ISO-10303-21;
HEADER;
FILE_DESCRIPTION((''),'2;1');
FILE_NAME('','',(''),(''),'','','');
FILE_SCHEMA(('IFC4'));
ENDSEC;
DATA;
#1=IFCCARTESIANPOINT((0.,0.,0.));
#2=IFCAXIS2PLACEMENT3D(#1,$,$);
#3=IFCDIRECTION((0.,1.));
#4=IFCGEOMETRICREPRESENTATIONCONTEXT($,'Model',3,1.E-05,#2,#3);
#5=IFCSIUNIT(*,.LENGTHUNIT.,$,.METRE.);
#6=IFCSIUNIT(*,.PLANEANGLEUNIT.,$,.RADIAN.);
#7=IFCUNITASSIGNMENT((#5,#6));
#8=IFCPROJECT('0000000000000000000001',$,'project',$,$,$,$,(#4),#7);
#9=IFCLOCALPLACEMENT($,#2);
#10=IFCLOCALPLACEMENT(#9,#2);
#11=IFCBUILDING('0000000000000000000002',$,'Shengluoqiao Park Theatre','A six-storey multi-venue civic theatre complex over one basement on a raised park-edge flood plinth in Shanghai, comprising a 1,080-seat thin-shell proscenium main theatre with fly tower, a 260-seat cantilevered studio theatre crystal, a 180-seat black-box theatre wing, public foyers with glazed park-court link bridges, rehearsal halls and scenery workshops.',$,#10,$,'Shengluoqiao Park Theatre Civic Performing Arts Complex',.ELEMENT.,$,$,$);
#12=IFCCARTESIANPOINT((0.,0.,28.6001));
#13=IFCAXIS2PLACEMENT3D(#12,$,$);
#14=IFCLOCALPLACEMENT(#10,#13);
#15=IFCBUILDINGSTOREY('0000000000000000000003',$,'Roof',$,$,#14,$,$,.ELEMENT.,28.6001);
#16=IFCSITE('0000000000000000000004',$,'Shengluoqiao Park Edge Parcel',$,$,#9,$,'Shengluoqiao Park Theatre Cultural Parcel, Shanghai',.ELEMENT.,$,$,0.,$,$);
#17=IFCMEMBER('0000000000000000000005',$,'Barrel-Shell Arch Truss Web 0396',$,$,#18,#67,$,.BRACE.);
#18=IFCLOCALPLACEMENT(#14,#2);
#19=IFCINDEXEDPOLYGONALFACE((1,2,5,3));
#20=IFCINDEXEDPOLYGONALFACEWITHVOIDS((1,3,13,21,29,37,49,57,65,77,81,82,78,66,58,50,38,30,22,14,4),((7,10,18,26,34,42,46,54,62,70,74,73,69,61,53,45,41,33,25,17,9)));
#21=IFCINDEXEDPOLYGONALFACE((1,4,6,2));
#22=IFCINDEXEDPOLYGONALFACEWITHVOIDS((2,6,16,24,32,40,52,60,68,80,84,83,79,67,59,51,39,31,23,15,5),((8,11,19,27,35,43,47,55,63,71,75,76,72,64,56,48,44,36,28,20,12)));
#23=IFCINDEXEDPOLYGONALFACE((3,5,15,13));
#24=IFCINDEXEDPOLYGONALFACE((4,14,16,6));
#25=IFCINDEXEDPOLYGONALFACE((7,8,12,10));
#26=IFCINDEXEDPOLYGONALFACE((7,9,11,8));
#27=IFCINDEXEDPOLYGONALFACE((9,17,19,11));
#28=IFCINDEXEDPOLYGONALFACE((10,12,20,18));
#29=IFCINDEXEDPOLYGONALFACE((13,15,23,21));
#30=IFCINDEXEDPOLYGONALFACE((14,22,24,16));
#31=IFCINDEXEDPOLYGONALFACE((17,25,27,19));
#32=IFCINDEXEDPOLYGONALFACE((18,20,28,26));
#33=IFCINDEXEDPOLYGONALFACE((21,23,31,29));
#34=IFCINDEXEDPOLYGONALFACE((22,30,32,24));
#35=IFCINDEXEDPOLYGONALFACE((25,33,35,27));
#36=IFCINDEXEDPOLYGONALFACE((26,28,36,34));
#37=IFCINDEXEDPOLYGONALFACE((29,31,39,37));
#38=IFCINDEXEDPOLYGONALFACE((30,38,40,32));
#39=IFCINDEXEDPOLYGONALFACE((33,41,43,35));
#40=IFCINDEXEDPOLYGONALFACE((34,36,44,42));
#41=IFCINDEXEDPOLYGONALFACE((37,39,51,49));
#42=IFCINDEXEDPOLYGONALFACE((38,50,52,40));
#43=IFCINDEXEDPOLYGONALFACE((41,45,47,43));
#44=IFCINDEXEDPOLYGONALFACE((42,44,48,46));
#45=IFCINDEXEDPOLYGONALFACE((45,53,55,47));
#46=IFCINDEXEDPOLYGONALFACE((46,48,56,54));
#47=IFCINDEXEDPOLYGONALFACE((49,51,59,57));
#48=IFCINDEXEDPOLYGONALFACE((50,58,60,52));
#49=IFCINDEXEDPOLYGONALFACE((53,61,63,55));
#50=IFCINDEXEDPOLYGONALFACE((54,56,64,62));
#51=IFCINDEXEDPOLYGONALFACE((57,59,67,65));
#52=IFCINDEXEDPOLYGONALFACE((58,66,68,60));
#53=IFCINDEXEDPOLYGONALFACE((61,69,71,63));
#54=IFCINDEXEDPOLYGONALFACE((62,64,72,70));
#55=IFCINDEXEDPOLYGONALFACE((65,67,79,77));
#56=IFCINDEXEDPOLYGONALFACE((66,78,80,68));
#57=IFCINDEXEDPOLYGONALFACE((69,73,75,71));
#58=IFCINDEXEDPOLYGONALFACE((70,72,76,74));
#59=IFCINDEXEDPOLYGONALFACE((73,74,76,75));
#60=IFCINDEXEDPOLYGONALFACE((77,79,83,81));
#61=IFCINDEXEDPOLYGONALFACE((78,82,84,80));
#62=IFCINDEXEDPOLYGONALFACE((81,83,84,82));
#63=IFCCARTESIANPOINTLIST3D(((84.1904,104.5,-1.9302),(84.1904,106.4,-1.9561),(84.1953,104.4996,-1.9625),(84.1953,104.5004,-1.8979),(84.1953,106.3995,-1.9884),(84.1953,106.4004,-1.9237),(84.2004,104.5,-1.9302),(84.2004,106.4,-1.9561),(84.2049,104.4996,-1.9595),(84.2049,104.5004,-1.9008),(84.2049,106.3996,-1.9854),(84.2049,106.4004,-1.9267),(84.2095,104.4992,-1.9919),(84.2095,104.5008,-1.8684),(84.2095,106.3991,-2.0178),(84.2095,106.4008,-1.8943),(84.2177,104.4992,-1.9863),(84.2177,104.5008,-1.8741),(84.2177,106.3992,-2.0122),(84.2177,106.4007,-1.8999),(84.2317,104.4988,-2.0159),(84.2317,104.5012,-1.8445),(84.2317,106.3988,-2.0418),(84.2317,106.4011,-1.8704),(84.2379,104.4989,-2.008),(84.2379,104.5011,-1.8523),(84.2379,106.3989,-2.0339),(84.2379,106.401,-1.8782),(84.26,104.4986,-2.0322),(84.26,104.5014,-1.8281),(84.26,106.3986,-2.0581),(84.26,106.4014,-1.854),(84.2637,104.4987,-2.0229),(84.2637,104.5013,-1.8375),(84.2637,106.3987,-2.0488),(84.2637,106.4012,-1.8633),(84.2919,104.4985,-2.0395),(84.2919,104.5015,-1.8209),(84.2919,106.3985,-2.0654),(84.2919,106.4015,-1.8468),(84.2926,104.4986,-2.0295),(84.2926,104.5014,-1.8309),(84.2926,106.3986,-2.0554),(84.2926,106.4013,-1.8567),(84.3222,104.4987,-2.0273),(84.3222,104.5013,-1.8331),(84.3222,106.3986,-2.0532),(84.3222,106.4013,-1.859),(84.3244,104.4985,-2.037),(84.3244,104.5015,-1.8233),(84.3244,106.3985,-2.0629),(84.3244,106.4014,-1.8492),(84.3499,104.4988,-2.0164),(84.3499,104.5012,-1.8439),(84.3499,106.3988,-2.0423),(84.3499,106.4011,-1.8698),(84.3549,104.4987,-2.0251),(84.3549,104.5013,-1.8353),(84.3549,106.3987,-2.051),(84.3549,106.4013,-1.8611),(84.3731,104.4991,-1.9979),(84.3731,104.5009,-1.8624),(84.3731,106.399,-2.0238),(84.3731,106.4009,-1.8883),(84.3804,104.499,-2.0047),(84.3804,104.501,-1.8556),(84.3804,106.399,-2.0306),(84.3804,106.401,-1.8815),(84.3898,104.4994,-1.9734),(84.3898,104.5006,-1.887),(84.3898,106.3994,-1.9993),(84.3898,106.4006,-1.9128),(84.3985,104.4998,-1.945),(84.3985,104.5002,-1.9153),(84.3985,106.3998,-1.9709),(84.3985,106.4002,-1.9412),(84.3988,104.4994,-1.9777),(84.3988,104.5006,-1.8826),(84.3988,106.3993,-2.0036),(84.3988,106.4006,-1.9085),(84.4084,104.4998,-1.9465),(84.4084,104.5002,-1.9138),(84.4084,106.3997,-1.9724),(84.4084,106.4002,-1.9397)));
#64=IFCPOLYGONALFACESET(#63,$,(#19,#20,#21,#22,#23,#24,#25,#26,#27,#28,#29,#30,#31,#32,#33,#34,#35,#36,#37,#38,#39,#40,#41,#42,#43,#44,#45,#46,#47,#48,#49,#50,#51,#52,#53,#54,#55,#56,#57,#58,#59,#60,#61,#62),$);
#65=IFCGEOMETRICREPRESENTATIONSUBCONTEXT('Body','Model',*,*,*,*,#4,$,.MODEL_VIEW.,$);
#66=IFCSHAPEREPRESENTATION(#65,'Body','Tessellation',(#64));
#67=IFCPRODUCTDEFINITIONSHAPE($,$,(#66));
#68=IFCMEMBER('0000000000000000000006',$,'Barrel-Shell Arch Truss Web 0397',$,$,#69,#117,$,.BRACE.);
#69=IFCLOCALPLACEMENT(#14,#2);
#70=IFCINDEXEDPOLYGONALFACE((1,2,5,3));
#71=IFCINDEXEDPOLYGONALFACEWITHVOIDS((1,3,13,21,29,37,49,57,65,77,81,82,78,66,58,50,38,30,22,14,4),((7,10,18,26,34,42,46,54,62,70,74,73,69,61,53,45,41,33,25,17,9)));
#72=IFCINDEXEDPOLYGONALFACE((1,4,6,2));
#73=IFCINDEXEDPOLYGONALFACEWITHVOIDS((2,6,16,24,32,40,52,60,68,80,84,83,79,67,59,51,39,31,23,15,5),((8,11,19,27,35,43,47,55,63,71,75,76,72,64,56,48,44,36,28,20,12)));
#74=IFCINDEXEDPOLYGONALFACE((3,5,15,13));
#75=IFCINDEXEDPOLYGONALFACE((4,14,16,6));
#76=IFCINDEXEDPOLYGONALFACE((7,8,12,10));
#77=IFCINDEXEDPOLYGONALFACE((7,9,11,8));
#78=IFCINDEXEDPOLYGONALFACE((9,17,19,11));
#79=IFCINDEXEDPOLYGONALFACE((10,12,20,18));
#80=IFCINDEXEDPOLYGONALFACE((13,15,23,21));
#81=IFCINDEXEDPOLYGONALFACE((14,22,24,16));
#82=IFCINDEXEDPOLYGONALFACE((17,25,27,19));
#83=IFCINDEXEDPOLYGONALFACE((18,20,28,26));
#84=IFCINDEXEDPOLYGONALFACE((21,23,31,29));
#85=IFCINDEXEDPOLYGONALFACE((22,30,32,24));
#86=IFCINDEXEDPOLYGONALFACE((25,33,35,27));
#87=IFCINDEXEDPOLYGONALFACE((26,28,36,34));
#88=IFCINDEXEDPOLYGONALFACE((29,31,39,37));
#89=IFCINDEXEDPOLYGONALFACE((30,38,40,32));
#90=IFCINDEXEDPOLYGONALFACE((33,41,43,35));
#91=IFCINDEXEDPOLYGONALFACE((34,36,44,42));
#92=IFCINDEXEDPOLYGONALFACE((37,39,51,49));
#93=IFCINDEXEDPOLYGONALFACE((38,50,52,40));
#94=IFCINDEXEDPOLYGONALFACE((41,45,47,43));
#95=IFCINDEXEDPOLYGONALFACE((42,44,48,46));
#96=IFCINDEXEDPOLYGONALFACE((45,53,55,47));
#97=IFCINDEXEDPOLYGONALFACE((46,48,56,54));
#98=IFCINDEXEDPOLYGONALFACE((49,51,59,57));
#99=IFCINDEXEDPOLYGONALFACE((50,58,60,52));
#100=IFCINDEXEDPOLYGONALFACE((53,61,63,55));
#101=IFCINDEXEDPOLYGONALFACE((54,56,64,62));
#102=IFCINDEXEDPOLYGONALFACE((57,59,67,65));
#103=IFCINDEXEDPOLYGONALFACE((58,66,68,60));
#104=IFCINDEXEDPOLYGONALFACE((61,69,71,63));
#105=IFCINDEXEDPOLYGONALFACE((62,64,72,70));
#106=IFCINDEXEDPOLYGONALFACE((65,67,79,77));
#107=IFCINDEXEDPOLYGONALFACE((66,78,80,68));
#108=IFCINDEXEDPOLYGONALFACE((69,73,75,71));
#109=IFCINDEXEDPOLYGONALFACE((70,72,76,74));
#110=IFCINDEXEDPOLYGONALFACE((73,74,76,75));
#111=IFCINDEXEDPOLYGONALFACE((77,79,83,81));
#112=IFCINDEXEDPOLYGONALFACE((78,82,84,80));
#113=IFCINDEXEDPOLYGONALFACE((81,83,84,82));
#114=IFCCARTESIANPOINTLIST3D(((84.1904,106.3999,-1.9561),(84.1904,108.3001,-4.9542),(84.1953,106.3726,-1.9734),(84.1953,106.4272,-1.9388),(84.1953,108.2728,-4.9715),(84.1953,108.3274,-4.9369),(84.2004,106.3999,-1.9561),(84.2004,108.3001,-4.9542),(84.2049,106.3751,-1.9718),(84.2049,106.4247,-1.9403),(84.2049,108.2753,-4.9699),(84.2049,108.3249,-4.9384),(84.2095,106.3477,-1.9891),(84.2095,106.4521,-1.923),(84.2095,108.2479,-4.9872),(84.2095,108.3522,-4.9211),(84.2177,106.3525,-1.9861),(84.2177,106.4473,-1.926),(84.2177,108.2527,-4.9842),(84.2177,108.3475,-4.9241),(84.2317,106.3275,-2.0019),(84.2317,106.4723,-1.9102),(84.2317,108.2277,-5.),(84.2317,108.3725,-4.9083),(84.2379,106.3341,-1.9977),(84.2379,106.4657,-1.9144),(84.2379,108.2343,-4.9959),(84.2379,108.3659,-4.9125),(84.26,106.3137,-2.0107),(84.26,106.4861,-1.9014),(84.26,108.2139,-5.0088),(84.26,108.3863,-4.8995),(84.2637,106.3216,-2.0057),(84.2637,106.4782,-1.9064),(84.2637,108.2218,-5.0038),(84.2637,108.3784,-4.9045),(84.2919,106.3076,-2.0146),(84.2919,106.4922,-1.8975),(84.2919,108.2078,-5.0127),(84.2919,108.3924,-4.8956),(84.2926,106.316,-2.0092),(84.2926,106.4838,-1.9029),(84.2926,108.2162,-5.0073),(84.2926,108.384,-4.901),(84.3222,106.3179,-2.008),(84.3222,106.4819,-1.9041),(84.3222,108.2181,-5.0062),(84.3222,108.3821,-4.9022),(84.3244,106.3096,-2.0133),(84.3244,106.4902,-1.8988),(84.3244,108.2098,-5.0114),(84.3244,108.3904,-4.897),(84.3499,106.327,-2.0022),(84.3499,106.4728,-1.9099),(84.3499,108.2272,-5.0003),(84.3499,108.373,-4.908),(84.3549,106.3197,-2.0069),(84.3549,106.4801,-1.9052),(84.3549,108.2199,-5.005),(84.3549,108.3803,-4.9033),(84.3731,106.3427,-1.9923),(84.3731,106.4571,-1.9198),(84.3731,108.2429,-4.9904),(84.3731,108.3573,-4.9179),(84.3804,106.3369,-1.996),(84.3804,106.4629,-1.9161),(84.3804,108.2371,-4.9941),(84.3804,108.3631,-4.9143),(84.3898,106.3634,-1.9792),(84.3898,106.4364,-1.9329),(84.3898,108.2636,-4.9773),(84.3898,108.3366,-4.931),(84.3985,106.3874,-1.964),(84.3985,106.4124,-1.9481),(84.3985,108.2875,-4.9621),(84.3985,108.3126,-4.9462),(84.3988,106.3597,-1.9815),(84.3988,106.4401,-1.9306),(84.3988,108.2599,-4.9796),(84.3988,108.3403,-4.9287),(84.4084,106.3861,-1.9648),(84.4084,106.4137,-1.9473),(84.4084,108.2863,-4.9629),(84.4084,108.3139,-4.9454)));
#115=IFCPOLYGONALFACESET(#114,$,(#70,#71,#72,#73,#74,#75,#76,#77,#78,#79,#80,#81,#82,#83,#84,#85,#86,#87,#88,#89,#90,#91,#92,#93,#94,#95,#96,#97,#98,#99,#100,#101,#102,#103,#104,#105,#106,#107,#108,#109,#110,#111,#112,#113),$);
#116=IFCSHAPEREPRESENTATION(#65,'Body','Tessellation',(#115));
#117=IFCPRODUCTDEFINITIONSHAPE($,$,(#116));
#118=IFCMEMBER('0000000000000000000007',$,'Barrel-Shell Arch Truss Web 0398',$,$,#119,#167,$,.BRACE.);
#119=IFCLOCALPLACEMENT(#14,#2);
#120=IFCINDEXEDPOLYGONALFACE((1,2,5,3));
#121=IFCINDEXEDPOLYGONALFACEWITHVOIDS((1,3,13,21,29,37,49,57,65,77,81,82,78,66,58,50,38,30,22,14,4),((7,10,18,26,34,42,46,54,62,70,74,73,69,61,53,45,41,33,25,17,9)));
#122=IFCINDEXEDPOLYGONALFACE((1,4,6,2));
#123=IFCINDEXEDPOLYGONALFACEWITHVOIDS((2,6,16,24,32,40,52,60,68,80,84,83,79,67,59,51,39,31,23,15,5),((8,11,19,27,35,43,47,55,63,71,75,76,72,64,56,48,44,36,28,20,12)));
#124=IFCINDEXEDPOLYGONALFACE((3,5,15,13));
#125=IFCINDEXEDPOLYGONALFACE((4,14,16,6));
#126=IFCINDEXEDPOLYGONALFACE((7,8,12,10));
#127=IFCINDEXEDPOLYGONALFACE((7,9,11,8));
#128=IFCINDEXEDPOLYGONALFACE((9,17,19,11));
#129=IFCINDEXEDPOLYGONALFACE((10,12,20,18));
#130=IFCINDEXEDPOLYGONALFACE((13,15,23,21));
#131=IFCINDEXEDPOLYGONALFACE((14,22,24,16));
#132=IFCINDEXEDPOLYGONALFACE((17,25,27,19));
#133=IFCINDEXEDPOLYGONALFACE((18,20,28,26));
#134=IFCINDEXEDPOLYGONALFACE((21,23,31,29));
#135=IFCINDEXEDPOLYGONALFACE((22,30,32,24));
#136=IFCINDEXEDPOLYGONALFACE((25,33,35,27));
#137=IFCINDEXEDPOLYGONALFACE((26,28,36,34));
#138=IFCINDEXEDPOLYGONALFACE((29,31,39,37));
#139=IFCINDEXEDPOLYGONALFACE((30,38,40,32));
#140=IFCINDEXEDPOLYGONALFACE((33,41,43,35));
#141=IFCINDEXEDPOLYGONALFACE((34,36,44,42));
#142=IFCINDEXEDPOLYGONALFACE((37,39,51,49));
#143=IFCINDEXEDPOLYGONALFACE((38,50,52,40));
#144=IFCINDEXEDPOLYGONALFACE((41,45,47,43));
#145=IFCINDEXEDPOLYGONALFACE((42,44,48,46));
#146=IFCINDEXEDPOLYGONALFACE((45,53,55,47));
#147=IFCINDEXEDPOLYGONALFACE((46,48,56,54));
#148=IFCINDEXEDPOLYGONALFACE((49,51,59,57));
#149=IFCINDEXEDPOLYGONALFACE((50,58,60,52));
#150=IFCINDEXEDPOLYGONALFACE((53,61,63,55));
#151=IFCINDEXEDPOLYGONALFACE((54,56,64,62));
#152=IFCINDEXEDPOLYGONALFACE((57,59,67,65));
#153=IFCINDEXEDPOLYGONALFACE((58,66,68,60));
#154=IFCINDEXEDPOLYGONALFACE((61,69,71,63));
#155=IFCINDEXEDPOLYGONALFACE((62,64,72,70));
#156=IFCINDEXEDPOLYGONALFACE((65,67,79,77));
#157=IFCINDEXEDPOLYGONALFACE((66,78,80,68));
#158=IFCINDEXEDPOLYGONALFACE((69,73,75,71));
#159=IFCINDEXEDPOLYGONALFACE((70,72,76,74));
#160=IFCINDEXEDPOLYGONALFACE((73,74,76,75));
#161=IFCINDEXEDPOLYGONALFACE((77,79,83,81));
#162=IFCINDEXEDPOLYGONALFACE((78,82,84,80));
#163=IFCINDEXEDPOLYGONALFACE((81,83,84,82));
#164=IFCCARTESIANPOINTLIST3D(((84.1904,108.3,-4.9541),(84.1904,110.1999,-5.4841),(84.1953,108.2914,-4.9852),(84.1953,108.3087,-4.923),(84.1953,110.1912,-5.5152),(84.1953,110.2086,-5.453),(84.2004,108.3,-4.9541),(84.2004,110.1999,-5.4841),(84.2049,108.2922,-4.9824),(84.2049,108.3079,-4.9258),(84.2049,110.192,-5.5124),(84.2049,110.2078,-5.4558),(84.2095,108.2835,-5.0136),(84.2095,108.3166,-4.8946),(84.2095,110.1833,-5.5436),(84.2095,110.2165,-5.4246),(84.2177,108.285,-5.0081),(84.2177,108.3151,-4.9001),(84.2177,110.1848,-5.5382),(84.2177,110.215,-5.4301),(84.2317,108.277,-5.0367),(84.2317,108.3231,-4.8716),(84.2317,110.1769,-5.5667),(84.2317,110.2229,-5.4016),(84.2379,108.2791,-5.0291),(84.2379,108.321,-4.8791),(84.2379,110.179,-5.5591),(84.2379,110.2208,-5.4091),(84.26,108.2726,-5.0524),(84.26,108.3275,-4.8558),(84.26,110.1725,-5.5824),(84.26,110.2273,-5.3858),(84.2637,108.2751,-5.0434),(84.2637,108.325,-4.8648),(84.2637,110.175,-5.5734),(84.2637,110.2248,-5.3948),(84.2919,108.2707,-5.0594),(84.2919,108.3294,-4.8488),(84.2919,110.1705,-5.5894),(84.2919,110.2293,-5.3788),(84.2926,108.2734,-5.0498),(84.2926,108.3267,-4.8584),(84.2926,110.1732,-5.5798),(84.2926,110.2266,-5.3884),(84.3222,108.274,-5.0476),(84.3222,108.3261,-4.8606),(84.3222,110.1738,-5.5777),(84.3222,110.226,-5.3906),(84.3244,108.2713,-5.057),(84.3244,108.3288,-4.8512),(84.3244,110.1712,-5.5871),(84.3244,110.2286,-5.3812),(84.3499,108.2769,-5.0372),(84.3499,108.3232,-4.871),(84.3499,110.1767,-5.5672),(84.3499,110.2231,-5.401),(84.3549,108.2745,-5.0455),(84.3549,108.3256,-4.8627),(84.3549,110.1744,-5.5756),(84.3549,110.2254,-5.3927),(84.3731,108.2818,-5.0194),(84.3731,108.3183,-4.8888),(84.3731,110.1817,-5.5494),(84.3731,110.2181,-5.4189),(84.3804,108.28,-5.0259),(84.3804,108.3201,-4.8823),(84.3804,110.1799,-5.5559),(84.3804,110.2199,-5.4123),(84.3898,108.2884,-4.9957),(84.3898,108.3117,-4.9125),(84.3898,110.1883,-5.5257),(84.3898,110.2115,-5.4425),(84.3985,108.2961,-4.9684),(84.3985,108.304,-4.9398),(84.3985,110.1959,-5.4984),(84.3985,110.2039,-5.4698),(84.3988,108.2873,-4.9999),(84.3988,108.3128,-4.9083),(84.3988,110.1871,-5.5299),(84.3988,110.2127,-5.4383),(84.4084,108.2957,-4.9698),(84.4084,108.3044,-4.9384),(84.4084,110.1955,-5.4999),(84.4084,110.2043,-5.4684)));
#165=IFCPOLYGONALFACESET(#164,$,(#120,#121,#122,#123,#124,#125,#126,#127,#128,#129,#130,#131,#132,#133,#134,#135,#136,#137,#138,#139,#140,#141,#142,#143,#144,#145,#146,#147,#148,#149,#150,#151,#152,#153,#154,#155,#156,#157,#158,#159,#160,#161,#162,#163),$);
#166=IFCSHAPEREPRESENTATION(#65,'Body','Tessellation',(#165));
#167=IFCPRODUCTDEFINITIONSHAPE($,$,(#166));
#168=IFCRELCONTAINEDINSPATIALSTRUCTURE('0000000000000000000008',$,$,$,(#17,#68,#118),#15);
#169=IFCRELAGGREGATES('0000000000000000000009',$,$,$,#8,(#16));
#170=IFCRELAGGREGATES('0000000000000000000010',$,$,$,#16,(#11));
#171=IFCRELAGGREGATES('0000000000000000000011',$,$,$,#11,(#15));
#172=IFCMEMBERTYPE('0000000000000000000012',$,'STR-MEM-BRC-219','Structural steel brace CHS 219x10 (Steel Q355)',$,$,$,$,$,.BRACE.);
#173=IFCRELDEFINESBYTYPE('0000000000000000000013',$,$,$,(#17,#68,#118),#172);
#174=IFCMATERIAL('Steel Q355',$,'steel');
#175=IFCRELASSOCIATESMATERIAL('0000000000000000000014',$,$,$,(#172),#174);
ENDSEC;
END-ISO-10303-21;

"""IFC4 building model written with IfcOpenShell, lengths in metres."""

from ifc_helpers import new_model, si_unit, direction, frame, origin, origin_2d, place, context, subcontext, project, spatial, hollow_circle, extrude, material, material_profile, profile_set, type_object, element, save


model = new_model("IFC4")

# Units and contexts
model_context = context("Model", 3, precision=1e-05, world=origin(), true_north=direction((0.0, 1.0)))
body_context = subcontext(model_context, "Body", "Model", "MODEL_VIEW")
ifc_project = project(units=[si_unit("LENGTHUNIT", "METRE"), si_unit("PLANEANGLEUNIT", "RADIAN")], contexts=[model_context])

# Site, building, storey
site_placement = place(None, origin())
site = spatial("IfcSite", under=ifc_project, at=site_placement, Name="Shengluoqiao Park Edge Parcel", LongName="Shengluoqiao Park Theatre Cultural Parcel, Shanghai", CompositionType="ELEMENT", RefElevation=0.0)
building_placement = place(site_placement, origin())
building = spatial("IfcBuilding", under=site, at=building_placement, Name="Shengluoqiao Park Theatre", Description="A six-storey multi-venue civic theatre complex over one basement on a raised park-edge flood plinth in Shanghai, comprising a 1,080-seat thin-shell proscenium main theatre with fly tower, a 260-seat cantilevered studio theatre crystal, a 180-seat black-box theatre wing, public foyers with glazed park-court link bridges, rehearsal halls and scenery workshops.", LongName="Shengluoqiao Park Theatre Civic Performing Arts Complex", CompositionType="ELEMENT")
storey_placement = place(building_placement, frame((0.0, 0.0, 28.6001)))
storey = spatial("IfcBuildingStorey", under=building, at=storey_placement, Name="Roof", CompositionType="ELEMENT", Elevation=28.6001)

# Shared definitions
ifc_material_1 = material(Name="Steel Q355", Category="steel")

# Members
ifc_material_profile_1 = material_profile(ifc_material_1, hollow_circle(Radius=0.1096, WallThickness=0.01, at=origin_2d()), Name="CHS 219x10")
ifc_profile_set_1 = profile_set([ifc_material_profile_1], Name="Steel Q355")
member_type_1 = type_object("IfcMemberType", Name="STR-MEM-BRC-219", Description="Structural steel brace CHS 219x10 (Steel Q355)", PredefinedType="BRACE", material=ifc_profile_set_1)
member_1_placement = place(storey_placement, frame((84.3, 104.5, -1.9302), z_axis=(0.0, 0.999907, -0.01362), x_axis=(-1.0, 0.0, 0.0)))
element("IfcMember", 1, at=member_1_placement, inside=storey, type_object=member_type_1, Name="Barrel-Shell Arch Truss Web 0396", PredefinedType="BRACE", context=body_context, shape_type="SweptSolid", body=[
    extrude(hollow_circle(Radius=0.1096, WallThickness=0.01, at=origin_2d()), origin(), (0.0, 0.0, 1.0), 1.9001),
])
member_2_placement = place(storey_placement, frame((84.3, 106.3999, -1.9561), z_axis=(0.0, 0.53533, -0.844643), x_axis=(-1.0, 0.0, 0.0)))
element("IfcMember", 2, at=member_2_placement, inside=storey, type_object=member_type_1, Name="Barrel-Shell Arch Truss Web 0397", PredefinedType="BRACE", context=body_context, shape_type="SweptSolid", body=[
    extrude(hollow_circle(Radius=0.1096, WallThickness=0.01, at=origin_2d()), origin(), (0.0, 0.0, 1.0), 3.5496),
])
member_3_placement = place(storey_placement, frame((84.3, 108.3, -4.9541), z_axis=(0.0, 0.963219, -0.268716), x_axis=(-1.0, 0.0, 0.0)))
element("IfcMember", 3, at=member_3_placement, inside=storey, type_object=member_type_1, Name="Barrel-Shell Arch Truss Web 0398", PredefinedType="BRACE", context=body_context, shape_type="SweptSolid", body=[
    extrude(hollow_circle(Radius=0.1096, WallThickness=0.01, at=origin_2d()), origin(), (0.0, 0.0, 1.0), 1.9724),
])

save(model, "model.ifc")
